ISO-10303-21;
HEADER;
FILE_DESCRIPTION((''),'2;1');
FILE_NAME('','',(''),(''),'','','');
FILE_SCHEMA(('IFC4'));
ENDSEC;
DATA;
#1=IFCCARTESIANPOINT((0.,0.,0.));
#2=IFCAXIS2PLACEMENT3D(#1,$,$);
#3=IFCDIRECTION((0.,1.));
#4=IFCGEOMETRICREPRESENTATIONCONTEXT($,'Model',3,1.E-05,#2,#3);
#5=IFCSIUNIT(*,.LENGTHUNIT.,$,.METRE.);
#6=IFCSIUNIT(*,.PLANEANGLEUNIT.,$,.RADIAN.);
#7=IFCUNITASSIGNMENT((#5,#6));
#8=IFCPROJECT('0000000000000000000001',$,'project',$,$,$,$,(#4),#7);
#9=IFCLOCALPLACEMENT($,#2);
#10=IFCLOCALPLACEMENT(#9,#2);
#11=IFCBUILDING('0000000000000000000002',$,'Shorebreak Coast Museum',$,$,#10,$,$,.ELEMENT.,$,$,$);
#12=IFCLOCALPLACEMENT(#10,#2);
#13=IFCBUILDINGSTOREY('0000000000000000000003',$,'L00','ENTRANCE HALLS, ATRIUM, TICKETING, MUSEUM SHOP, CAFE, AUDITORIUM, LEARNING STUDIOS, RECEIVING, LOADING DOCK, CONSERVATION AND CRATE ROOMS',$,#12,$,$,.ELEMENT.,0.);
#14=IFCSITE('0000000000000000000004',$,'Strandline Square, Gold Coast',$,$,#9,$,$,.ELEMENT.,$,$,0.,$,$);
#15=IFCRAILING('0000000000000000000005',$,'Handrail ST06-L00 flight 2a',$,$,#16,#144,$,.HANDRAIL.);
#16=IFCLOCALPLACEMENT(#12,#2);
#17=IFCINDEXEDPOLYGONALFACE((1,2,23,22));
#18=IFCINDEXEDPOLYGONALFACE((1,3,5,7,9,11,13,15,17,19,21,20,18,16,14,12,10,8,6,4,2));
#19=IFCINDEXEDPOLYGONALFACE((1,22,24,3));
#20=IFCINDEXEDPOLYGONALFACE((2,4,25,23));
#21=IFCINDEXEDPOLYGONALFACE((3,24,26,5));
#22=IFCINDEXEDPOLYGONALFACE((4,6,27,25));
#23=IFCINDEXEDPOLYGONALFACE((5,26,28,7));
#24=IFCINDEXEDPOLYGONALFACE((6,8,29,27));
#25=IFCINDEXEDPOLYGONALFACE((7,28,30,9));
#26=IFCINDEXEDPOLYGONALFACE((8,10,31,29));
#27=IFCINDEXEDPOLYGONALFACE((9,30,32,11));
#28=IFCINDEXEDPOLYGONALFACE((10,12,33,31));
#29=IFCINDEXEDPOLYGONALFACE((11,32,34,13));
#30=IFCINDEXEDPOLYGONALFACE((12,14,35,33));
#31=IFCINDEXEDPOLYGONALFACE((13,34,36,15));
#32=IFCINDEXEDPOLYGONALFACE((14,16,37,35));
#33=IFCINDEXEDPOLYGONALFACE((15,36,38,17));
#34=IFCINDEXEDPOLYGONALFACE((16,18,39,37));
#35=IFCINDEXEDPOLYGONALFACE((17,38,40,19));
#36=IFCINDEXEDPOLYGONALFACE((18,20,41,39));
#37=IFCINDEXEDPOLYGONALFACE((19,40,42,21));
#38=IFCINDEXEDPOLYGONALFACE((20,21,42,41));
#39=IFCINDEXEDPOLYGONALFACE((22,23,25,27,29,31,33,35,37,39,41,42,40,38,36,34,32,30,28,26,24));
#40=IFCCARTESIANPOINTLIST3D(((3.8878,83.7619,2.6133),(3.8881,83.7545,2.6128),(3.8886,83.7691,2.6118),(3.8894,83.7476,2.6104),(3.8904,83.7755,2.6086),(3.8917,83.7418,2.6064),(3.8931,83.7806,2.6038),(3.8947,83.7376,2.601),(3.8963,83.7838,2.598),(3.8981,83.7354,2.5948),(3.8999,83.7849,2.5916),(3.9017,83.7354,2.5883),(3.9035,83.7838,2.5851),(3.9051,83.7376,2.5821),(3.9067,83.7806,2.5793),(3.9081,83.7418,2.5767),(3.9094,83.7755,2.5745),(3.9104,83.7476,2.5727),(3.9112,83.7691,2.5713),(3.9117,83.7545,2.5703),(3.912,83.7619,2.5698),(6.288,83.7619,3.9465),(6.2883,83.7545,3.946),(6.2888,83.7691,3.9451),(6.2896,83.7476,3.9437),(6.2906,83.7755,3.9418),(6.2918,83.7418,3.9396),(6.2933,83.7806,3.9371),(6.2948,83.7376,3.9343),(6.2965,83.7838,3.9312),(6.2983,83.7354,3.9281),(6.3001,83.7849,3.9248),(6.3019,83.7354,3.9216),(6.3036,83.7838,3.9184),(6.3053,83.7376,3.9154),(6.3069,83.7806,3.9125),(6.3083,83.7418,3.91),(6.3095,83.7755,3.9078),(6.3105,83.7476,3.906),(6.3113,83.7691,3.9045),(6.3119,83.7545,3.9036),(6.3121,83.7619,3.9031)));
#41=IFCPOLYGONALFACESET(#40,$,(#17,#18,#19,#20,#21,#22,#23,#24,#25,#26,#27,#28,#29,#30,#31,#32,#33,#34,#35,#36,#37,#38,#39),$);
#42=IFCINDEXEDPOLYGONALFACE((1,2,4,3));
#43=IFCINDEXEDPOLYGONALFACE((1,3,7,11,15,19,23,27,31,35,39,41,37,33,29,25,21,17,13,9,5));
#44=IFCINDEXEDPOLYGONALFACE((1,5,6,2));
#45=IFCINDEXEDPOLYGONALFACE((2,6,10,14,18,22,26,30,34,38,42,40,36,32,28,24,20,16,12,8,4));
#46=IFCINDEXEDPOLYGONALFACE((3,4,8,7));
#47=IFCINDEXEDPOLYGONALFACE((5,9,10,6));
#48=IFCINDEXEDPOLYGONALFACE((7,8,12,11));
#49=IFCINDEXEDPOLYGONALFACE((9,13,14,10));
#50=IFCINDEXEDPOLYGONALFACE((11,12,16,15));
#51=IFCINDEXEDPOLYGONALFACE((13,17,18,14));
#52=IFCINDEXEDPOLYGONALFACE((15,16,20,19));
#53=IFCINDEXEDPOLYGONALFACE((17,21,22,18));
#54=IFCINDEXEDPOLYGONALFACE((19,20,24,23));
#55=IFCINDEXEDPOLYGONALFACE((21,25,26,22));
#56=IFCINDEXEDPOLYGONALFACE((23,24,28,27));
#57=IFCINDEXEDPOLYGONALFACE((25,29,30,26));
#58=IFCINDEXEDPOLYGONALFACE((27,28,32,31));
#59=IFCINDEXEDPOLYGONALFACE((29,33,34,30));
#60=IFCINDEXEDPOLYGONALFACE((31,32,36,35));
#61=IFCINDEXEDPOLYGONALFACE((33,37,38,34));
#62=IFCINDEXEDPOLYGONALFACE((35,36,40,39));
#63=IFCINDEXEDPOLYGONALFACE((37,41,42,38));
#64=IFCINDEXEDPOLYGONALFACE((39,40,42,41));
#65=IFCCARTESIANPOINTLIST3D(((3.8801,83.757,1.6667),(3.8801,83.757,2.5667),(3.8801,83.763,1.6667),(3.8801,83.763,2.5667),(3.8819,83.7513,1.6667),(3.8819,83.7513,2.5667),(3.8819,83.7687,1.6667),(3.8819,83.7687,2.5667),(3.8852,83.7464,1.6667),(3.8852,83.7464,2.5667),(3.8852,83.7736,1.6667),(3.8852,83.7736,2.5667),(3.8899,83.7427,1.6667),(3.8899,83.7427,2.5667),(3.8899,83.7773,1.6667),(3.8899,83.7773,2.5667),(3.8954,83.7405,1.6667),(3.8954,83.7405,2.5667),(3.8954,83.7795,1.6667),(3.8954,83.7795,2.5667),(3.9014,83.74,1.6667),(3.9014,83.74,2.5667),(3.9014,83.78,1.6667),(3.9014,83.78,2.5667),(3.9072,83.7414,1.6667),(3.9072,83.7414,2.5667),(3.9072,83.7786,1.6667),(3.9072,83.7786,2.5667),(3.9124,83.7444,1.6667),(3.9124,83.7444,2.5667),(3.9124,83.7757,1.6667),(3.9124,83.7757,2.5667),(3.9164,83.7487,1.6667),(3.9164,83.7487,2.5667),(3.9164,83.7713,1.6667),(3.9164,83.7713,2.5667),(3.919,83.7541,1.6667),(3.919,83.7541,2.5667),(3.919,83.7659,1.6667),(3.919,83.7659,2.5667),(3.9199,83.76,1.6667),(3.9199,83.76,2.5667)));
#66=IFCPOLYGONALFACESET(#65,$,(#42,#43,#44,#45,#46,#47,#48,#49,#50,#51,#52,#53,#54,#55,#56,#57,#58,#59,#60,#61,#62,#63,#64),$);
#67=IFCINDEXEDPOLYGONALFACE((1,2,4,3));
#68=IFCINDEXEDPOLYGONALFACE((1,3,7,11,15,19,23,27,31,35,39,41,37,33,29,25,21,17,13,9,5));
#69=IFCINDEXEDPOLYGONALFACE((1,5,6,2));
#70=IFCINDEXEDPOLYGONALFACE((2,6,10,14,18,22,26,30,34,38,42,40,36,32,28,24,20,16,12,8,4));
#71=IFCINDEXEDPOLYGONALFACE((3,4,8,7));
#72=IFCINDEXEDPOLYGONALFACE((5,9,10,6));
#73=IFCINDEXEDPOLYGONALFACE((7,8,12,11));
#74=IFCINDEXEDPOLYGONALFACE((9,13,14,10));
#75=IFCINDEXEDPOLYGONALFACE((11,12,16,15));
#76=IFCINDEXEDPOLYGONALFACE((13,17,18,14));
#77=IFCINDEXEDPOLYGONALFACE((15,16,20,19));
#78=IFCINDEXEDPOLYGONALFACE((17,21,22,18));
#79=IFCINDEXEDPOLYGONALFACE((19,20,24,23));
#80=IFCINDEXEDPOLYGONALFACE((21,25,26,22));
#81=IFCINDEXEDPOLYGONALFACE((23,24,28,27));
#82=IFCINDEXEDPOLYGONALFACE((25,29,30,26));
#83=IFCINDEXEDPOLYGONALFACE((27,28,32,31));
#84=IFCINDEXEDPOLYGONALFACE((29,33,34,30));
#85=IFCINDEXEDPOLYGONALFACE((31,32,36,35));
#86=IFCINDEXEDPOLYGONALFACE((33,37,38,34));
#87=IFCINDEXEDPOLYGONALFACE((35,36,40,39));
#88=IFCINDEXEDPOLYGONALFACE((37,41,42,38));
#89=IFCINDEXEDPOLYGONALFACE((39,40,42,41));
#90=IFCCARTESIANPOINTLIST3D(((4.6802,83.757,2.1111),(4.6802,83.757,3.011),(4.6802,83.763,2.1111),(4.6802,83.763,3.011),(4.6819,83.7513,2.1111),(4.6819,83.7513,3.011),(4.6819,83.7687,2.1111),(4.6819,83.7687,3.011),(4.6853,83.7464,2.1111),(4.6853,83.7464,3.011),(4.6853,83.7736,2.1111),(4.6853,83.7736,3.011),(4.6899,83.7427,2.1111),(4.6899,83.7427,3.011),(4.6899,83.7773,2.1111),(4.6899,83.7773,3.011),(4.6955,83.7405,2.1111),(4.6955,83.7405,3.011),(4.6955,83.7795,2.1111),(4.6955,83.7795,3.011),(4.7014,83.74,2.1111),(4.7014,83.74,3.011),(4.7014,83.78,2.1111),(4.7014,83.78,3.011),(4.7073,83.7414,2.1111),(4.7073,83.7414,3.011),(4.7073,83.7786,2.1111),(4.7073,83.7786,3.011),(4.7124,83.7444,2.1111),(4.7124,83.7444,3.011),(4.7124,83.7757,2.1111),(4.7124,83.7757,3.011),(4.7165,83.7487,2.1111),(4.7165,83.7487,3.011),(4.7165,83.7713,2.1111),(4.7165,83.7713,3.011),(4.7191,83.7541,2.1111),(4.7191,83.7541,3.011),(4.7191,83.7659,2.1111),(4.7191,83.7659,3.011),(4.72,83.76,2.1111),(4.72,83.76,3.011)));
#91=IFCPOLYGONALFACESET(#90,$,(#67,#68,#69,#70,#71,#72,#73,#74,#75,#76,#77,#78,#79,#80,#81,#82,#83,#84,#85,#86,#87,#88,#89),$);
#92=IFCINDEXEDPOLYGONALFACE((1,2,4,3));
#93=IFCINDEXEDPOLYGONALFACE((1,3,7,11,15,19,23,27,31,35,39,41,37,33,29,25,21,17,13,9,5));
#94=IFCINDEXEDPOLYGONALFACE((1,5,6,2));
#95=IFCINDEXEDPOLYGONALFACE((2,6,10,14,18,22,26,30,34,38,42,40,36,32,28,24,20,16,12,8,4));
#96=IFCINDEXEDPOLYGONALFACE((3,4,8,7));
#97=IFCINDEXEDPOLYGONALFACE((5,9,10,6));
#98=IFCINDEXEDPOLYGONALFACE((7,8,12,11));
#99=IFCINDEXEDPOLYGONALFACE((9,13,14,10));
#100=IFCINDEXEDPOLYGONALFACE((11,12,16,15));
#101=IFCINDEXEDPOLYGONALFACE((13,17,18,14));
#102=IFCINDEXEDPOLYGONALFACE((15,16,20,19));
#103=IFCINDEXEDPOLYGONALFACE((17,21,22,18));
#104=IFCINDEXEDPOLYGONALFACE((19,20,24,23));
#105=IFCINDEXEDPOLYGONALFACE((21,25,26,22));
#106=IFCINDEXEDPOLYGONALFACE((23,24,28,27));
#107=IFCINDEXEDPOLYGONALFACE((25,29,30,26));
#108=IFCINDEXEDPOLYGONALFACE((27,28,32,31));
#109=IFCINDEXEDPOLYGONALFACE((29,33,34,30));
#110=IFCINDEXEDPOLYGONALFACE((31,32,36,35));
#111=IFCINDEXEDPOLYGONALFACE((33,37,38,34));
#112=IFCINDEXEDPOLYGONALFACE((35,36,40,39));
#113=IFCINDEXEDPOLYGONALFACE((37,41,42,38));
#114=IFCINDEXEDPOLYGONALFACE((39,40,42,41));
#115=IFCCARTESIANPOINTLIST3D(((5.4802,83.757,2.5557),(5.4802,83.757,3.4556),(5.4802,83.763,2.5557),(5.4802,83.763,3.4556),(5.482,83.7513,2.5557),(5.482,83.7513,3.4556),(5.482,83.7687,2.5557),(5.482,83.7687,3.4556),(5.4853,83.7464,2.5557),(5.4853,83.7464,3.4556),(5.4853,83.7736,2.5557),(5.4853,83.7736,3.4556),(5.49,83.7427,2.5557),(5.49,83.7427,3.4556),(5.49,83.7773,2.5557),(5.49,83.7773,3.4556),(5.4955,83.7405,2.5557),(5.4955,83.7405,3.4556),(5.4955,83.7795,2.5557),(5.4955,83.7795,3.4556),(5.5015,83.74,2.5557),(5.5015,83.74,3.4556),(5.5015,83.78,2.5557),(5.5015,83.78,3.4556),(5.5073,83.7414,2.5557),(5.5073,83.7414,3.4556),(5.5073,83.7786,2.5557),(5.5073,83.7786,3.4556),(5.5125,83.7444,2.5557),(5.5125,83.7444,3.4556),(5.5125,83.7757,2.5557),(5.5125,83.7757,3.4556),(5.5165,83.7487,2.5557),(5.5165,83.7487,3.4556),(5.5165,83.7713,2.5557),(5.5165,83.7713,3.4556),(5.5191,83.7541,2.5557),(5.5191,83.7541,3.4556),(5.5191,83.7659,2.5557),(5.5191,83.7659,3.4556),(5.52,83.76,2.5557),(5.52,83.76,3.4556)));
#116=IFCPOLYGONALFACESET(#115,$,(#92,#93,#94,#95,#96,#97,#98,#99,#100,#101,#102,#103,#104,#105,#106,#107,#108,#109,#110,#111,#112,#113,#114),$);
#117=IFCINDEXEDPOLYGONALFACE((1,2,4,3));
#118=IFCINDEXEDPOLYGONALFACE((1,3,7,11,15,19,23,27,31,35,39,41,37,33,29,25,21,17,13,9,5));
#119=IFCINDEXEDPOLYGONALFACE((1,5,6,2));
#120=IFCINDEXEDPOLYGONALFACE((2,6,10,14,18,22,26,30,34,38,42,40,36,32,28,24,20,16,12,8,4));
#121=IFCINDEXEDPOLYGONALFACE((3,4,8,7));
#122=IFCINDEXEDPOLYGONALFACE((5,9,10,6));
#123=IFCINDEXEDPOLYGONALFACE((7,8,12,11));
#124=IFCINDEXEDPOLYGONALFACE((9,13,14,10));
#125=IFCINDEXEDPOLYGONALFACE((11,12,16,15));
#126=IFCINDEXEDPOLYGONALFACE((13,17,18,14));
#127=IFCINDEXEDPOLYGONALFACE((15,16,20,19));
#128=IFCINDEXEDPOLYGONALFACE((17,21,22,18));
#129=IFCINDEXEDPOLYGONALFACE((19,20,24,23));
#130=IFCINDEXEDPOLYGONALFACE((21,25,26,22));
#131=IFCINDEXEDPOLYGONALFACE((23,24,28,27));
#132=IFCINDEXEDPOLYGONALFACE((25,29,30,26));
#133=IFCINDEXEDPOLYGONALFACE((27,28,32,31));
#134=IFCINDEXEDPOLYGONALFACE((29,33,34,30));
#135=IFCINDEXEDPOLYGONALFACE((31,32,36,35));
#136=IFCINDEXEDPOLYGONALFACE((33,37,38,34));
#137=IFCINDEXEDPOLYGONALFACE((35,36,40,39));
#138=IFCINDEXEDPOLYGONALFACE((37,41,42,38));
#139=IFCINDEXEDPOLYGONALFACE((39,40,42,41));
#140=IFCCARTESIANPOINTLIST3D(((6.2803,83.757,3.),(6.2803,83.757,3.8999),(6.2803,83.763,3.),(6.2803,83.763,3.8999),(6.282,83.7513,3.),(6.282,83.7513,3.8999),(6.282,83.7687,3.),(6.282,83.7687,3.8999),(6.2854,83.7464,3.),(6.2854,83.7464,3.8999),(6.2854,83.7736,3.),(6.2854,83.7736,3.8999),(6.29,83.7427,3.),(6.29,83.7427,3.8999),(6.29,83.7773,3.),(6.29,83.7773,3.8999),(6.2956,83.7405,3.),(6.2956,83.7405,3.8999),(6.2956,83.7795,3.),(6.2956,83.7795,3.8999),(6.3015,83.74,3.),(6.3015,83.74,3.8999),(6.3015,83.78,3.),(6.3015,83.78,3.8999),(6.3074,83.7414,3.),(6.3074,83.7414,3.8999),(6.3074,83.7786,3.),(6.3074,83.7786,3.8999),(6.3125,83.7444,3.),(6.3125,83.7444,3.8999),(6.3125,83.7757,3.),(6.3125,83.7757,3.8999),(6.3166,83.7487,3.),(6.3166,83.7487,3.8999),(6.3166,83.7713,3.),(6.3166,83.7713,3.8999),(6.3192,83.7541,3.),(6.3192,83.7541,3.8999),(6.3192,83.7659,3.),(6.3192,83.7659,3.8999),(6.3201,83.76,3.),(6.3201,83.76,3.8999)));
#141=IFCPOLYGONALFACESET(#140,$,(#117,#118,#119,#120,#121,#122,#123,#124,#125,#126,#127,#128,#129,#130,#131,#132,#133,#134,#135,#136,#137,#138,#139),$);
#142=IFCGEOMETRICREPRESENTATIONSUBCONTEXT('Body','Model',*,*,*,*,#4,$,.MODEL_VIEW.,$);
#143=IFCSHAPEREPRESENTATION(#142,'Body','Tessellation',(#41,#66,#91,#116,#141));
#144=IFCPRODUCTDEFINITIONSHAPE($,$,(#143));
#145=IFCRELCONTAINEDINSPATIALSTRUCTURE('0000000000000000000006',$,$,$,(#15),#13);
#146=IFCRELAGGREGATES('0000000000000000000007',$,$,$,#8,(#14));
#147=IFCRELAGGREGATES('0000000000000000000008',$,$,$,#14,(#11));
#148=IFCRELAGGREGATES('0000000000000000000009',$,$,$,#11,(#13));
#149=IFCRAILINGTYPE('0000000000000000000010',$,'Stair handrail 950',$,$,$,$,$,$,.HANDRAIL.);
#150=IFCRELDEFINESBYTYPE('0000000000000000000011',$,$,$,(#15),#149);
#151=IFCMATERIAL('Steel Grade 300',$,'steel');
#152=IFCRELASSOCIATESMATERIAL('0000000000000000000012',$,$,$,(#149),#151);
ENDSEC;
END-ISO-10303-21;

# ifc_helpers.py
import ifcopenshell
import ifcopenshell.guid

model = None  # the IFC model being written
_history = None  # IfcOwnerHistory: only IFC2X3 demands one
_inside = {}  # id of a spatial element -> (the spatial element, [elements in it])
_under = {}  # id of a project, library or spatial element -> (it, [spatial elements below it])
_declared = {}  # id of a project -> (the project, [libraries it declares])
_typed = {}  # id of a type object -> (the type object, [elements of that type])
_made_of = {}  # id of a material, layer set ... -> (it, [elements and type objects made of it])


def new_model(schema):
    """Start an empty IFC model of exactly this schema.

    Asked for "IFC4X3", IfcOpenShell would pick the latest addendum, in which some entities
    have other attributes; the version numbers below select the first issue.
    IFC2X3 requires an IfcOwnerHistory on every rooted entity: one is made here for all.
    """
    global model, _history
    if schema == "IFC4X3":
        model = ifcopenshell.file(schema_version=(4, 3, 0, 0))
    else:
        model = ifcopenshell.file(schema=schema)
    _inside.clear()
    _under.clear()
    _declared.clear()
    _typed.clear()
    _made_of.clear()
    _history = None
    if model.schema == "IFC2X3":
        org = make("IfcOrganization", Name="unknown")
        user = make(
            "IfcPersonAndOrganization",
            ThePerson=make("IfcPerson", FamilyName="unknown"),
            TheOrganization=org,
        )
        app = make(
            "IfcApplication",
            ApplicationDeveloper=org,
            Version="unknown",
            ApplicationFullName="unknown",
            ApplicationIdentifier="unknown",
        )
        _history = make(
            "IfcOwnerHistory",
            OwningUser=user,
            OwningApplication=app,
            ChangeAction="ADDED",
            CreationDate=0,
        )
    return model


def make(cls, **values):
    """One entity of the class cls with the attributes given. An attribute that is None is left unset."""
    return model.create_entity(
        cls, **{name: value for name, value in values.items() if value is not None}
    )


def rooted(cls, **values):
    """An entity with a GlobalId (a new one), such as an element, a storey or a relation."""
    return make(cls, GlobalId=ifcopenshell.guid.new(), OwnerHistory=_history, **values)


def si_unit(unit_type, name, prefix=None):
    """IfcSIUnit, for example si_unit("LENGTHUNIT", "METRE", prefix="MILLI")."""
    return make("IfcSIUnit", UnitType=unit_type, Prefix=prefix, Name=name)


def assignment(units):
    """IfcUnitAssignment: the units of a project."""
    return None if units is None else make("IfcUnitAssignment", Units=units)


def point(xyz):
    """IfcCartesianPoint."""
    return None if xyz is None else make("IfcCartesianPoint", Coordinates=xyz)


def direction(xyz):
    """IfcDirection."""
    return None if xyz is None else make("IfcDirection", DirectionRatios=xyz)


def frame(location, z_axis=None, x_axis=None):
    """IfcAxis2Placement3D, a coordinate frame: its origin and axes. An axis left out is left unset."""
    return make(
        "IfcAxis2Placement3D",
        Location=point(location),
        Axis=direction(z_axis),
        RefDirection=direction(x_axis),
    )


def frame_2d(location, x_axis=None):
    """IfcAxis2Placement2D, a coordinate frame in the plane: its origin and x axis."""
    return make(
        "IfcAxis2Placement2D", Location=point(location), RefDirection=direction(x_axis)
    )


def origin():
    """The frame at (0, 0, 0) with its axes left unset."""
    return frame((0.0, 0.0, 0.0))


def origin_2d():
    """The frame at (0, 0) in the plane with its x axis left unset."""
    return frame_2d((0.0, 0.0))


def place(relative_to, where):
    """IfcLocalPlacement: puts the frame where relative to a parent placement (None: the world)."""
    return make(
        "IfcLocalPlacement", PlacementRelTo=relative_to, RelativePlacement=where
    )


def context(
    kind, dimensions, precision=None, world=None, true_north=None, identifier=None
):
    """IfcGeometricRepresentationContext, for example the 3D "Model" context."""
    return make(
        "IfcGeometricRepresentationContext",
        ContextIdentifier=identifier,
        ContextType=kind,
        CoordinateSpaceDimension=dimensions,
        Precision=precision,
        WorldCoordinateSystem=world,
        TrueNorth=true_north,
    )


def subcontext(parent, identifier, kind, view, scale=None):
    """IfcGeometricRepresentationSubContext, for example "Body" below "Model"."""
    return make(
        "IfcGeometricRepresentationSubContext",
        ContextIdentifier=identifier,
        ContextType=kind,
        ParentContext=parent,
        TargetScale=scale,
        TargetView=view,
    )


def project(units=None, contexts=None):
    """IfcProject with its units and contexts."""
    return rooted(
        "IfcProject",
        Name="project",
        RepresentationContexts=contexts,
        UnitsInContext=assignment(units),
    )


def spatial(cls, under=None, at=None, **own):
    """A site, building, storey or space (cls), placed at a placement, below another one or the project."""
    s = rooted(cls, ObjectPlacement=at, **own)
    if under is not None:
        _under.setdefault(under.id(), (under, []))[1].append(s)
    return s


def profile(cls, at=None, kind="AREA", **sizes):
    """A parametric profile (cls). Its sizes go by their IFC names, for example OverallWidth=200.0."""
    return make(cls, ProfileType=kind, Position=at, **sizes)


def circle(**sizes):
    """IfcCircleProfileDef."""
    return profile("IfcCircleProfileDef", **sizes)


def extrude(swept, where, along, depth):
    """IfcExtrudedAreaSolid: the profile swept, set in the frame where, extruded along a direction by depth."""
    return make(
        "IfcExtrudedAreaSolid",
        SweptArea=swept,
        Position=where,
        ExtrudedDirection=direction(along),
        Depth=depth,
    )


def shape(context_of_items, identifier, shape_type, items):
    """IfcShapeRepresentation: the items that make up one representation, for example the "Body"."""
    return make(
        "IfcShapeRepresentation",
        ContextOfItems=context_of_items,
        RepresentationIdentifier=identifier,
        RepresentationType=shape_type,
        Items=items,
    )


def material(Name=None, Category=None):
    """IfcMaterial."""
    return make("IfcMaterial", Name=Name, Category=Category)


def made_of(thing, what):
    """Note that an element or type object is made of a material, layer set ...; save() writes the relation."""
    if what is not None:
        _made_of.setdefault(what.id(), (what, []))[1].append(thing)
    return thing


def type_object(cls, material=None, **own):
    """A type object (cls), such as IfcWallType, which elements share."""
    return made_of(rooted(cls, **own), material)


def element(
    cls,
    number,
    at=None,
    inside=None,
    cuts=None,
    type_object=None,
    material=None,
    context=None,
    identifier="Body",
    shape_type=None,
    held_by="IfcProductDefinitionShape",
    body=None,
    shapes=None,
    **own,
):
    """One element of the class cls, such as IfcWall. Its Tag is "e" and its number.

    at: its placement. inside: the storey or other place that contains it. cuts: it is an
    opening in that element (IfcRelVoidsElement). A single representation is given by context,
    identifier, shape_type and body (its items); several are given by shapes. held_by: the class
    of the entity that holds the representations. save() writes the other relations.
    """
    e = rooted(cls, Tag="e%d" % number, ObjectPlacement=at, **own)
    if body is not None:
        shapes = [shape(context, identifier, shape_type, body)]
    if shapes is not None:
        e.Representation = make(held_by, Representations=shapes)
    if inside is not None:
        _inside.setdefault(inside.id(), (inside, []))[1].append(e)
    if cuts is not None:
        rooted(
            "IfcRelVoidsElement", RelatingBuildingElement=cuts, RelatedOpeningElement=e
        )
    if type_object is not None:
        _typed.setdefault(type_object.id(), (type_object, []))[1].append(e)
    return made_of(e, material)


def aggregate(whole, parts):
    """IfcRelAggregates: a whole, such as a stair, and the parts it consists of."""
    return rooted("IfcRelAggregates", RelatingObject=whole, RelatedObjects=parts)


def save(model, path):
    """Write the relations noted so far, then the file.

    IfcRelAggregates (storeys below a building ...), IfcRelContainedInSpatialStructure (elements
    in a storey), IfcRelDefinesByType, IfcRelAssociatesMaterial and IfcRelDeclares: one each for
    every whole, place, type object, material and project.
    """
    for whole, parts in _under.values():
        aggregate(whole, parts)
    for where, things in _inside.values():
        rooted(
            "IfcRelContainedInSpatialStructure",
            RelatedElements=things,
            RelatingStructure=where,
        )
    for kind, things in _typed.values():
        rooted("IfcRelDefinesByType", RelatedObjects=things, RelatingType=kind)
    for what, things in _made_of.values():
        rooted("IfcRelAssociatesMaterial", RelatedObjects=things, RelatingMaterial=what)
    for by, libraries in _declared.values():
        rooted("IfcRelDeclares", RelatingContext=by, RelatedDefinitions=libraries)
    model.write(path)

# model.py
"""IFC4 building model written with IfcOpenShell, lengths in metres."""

from ifc_helpers import new_model, si_unit, direction, frame, origin, origin_2d, place, context, subcontext, project, spatial, circle, extrude, material, type_object, element, save


model = new_model("IFC4")

# Units and contexts
model_context = context("Model", 3, precision=1e-05, world=origin(), true_north=direction((0.0, 1.0)))
body_context = subcontext(model_context, "Body", "Model", "MODEL_VIEW")
ifc_project = project(units=[si_unit("LENGTHUNIT", "METRE"), si_unit("PLANEANGLEUNIT", "RADIAN")], contexts=[model_context])

# Site, building, storey
site_placement = place(None, origin())
site = spatial("IfcSite", under=ifc_project, at=site_placement, Name="Strandline Square, Gold Coast", CompositionType="ELEMENT", RefElevation=0.0)
building_placement = place(site_placement, origin())
building = spatial("IfcBuilding", under=site, at=building_placement, Name="Shorebreak Coast Museum", CompositionType="ELEMENT")
storey_placement = place(building_placement, origin())
storey = spatial("IfcBuildingStorey", under=building, at=storey_placement, Name="L00", Description="ENTRANCE HALLS, ATRIUM, TICKETING, MUSEUM SHOP, CAFE, AUDITORIUM, LEARNING STUDIOS, RECEIVING, LOADING DOCK, CONSERVATION AND CRATE ROOMS", CompositionType="ELEMENT", Elevation=0.0)

# Railing
ifc_material_1 = material(Name="Steel Grade 300", Category="steel")
railing_type_1 = type_object("IfcRailingType", Name="Stair handrail 950", PredefinedType="HANDRAIL", material=ifc_material_1)
for number, where, name in (
    (1, (3.8999, 83.76, 1.6667), "Handrail ST06-L00 flight 2a"),
):
    element("IfcRailing", number, at=place(storey_placement, frame(where)), inside=storey, type_object=railing_type_1, Name=name, PredefinedType="HANDRAIL", context=body_context, shape_type="SweptSolid", body=[
        extrude(circle(Radius=0.0249, at=origin_2d()), frame((0.0, 0.0, 0.9248), z_axis=(0.874182, 0.0, 0.485598), x_axis=(0.0, 1.0, 0.0)), (0.0, 0.0, 1.0), 2.7456),
        extrude(circle(Radius=0.02, at=origin_2d()), origin(), (0.0, 0.0, 1.0), 0.8999),
        extrude(circle(Radius=0.02, at=origin_2d()), frame((0.8, 0.0, 0.4443)), (0.0, 0.0, 1.0), 0.8999),
        extrude(circle(Radius=0.02, at=origin_2d()), frame((1.6001, 0.0, 0.8889)), (0.0, 0.0, 1.0), 0.8999),
        extrude(circle(Radius=0.02, at=origin_2d()), frame((2.4001, 0.0, 1.3333)), (0.0, 0.0, 1.0), 0.8999),
    ])

save(model, "model.ifc")
